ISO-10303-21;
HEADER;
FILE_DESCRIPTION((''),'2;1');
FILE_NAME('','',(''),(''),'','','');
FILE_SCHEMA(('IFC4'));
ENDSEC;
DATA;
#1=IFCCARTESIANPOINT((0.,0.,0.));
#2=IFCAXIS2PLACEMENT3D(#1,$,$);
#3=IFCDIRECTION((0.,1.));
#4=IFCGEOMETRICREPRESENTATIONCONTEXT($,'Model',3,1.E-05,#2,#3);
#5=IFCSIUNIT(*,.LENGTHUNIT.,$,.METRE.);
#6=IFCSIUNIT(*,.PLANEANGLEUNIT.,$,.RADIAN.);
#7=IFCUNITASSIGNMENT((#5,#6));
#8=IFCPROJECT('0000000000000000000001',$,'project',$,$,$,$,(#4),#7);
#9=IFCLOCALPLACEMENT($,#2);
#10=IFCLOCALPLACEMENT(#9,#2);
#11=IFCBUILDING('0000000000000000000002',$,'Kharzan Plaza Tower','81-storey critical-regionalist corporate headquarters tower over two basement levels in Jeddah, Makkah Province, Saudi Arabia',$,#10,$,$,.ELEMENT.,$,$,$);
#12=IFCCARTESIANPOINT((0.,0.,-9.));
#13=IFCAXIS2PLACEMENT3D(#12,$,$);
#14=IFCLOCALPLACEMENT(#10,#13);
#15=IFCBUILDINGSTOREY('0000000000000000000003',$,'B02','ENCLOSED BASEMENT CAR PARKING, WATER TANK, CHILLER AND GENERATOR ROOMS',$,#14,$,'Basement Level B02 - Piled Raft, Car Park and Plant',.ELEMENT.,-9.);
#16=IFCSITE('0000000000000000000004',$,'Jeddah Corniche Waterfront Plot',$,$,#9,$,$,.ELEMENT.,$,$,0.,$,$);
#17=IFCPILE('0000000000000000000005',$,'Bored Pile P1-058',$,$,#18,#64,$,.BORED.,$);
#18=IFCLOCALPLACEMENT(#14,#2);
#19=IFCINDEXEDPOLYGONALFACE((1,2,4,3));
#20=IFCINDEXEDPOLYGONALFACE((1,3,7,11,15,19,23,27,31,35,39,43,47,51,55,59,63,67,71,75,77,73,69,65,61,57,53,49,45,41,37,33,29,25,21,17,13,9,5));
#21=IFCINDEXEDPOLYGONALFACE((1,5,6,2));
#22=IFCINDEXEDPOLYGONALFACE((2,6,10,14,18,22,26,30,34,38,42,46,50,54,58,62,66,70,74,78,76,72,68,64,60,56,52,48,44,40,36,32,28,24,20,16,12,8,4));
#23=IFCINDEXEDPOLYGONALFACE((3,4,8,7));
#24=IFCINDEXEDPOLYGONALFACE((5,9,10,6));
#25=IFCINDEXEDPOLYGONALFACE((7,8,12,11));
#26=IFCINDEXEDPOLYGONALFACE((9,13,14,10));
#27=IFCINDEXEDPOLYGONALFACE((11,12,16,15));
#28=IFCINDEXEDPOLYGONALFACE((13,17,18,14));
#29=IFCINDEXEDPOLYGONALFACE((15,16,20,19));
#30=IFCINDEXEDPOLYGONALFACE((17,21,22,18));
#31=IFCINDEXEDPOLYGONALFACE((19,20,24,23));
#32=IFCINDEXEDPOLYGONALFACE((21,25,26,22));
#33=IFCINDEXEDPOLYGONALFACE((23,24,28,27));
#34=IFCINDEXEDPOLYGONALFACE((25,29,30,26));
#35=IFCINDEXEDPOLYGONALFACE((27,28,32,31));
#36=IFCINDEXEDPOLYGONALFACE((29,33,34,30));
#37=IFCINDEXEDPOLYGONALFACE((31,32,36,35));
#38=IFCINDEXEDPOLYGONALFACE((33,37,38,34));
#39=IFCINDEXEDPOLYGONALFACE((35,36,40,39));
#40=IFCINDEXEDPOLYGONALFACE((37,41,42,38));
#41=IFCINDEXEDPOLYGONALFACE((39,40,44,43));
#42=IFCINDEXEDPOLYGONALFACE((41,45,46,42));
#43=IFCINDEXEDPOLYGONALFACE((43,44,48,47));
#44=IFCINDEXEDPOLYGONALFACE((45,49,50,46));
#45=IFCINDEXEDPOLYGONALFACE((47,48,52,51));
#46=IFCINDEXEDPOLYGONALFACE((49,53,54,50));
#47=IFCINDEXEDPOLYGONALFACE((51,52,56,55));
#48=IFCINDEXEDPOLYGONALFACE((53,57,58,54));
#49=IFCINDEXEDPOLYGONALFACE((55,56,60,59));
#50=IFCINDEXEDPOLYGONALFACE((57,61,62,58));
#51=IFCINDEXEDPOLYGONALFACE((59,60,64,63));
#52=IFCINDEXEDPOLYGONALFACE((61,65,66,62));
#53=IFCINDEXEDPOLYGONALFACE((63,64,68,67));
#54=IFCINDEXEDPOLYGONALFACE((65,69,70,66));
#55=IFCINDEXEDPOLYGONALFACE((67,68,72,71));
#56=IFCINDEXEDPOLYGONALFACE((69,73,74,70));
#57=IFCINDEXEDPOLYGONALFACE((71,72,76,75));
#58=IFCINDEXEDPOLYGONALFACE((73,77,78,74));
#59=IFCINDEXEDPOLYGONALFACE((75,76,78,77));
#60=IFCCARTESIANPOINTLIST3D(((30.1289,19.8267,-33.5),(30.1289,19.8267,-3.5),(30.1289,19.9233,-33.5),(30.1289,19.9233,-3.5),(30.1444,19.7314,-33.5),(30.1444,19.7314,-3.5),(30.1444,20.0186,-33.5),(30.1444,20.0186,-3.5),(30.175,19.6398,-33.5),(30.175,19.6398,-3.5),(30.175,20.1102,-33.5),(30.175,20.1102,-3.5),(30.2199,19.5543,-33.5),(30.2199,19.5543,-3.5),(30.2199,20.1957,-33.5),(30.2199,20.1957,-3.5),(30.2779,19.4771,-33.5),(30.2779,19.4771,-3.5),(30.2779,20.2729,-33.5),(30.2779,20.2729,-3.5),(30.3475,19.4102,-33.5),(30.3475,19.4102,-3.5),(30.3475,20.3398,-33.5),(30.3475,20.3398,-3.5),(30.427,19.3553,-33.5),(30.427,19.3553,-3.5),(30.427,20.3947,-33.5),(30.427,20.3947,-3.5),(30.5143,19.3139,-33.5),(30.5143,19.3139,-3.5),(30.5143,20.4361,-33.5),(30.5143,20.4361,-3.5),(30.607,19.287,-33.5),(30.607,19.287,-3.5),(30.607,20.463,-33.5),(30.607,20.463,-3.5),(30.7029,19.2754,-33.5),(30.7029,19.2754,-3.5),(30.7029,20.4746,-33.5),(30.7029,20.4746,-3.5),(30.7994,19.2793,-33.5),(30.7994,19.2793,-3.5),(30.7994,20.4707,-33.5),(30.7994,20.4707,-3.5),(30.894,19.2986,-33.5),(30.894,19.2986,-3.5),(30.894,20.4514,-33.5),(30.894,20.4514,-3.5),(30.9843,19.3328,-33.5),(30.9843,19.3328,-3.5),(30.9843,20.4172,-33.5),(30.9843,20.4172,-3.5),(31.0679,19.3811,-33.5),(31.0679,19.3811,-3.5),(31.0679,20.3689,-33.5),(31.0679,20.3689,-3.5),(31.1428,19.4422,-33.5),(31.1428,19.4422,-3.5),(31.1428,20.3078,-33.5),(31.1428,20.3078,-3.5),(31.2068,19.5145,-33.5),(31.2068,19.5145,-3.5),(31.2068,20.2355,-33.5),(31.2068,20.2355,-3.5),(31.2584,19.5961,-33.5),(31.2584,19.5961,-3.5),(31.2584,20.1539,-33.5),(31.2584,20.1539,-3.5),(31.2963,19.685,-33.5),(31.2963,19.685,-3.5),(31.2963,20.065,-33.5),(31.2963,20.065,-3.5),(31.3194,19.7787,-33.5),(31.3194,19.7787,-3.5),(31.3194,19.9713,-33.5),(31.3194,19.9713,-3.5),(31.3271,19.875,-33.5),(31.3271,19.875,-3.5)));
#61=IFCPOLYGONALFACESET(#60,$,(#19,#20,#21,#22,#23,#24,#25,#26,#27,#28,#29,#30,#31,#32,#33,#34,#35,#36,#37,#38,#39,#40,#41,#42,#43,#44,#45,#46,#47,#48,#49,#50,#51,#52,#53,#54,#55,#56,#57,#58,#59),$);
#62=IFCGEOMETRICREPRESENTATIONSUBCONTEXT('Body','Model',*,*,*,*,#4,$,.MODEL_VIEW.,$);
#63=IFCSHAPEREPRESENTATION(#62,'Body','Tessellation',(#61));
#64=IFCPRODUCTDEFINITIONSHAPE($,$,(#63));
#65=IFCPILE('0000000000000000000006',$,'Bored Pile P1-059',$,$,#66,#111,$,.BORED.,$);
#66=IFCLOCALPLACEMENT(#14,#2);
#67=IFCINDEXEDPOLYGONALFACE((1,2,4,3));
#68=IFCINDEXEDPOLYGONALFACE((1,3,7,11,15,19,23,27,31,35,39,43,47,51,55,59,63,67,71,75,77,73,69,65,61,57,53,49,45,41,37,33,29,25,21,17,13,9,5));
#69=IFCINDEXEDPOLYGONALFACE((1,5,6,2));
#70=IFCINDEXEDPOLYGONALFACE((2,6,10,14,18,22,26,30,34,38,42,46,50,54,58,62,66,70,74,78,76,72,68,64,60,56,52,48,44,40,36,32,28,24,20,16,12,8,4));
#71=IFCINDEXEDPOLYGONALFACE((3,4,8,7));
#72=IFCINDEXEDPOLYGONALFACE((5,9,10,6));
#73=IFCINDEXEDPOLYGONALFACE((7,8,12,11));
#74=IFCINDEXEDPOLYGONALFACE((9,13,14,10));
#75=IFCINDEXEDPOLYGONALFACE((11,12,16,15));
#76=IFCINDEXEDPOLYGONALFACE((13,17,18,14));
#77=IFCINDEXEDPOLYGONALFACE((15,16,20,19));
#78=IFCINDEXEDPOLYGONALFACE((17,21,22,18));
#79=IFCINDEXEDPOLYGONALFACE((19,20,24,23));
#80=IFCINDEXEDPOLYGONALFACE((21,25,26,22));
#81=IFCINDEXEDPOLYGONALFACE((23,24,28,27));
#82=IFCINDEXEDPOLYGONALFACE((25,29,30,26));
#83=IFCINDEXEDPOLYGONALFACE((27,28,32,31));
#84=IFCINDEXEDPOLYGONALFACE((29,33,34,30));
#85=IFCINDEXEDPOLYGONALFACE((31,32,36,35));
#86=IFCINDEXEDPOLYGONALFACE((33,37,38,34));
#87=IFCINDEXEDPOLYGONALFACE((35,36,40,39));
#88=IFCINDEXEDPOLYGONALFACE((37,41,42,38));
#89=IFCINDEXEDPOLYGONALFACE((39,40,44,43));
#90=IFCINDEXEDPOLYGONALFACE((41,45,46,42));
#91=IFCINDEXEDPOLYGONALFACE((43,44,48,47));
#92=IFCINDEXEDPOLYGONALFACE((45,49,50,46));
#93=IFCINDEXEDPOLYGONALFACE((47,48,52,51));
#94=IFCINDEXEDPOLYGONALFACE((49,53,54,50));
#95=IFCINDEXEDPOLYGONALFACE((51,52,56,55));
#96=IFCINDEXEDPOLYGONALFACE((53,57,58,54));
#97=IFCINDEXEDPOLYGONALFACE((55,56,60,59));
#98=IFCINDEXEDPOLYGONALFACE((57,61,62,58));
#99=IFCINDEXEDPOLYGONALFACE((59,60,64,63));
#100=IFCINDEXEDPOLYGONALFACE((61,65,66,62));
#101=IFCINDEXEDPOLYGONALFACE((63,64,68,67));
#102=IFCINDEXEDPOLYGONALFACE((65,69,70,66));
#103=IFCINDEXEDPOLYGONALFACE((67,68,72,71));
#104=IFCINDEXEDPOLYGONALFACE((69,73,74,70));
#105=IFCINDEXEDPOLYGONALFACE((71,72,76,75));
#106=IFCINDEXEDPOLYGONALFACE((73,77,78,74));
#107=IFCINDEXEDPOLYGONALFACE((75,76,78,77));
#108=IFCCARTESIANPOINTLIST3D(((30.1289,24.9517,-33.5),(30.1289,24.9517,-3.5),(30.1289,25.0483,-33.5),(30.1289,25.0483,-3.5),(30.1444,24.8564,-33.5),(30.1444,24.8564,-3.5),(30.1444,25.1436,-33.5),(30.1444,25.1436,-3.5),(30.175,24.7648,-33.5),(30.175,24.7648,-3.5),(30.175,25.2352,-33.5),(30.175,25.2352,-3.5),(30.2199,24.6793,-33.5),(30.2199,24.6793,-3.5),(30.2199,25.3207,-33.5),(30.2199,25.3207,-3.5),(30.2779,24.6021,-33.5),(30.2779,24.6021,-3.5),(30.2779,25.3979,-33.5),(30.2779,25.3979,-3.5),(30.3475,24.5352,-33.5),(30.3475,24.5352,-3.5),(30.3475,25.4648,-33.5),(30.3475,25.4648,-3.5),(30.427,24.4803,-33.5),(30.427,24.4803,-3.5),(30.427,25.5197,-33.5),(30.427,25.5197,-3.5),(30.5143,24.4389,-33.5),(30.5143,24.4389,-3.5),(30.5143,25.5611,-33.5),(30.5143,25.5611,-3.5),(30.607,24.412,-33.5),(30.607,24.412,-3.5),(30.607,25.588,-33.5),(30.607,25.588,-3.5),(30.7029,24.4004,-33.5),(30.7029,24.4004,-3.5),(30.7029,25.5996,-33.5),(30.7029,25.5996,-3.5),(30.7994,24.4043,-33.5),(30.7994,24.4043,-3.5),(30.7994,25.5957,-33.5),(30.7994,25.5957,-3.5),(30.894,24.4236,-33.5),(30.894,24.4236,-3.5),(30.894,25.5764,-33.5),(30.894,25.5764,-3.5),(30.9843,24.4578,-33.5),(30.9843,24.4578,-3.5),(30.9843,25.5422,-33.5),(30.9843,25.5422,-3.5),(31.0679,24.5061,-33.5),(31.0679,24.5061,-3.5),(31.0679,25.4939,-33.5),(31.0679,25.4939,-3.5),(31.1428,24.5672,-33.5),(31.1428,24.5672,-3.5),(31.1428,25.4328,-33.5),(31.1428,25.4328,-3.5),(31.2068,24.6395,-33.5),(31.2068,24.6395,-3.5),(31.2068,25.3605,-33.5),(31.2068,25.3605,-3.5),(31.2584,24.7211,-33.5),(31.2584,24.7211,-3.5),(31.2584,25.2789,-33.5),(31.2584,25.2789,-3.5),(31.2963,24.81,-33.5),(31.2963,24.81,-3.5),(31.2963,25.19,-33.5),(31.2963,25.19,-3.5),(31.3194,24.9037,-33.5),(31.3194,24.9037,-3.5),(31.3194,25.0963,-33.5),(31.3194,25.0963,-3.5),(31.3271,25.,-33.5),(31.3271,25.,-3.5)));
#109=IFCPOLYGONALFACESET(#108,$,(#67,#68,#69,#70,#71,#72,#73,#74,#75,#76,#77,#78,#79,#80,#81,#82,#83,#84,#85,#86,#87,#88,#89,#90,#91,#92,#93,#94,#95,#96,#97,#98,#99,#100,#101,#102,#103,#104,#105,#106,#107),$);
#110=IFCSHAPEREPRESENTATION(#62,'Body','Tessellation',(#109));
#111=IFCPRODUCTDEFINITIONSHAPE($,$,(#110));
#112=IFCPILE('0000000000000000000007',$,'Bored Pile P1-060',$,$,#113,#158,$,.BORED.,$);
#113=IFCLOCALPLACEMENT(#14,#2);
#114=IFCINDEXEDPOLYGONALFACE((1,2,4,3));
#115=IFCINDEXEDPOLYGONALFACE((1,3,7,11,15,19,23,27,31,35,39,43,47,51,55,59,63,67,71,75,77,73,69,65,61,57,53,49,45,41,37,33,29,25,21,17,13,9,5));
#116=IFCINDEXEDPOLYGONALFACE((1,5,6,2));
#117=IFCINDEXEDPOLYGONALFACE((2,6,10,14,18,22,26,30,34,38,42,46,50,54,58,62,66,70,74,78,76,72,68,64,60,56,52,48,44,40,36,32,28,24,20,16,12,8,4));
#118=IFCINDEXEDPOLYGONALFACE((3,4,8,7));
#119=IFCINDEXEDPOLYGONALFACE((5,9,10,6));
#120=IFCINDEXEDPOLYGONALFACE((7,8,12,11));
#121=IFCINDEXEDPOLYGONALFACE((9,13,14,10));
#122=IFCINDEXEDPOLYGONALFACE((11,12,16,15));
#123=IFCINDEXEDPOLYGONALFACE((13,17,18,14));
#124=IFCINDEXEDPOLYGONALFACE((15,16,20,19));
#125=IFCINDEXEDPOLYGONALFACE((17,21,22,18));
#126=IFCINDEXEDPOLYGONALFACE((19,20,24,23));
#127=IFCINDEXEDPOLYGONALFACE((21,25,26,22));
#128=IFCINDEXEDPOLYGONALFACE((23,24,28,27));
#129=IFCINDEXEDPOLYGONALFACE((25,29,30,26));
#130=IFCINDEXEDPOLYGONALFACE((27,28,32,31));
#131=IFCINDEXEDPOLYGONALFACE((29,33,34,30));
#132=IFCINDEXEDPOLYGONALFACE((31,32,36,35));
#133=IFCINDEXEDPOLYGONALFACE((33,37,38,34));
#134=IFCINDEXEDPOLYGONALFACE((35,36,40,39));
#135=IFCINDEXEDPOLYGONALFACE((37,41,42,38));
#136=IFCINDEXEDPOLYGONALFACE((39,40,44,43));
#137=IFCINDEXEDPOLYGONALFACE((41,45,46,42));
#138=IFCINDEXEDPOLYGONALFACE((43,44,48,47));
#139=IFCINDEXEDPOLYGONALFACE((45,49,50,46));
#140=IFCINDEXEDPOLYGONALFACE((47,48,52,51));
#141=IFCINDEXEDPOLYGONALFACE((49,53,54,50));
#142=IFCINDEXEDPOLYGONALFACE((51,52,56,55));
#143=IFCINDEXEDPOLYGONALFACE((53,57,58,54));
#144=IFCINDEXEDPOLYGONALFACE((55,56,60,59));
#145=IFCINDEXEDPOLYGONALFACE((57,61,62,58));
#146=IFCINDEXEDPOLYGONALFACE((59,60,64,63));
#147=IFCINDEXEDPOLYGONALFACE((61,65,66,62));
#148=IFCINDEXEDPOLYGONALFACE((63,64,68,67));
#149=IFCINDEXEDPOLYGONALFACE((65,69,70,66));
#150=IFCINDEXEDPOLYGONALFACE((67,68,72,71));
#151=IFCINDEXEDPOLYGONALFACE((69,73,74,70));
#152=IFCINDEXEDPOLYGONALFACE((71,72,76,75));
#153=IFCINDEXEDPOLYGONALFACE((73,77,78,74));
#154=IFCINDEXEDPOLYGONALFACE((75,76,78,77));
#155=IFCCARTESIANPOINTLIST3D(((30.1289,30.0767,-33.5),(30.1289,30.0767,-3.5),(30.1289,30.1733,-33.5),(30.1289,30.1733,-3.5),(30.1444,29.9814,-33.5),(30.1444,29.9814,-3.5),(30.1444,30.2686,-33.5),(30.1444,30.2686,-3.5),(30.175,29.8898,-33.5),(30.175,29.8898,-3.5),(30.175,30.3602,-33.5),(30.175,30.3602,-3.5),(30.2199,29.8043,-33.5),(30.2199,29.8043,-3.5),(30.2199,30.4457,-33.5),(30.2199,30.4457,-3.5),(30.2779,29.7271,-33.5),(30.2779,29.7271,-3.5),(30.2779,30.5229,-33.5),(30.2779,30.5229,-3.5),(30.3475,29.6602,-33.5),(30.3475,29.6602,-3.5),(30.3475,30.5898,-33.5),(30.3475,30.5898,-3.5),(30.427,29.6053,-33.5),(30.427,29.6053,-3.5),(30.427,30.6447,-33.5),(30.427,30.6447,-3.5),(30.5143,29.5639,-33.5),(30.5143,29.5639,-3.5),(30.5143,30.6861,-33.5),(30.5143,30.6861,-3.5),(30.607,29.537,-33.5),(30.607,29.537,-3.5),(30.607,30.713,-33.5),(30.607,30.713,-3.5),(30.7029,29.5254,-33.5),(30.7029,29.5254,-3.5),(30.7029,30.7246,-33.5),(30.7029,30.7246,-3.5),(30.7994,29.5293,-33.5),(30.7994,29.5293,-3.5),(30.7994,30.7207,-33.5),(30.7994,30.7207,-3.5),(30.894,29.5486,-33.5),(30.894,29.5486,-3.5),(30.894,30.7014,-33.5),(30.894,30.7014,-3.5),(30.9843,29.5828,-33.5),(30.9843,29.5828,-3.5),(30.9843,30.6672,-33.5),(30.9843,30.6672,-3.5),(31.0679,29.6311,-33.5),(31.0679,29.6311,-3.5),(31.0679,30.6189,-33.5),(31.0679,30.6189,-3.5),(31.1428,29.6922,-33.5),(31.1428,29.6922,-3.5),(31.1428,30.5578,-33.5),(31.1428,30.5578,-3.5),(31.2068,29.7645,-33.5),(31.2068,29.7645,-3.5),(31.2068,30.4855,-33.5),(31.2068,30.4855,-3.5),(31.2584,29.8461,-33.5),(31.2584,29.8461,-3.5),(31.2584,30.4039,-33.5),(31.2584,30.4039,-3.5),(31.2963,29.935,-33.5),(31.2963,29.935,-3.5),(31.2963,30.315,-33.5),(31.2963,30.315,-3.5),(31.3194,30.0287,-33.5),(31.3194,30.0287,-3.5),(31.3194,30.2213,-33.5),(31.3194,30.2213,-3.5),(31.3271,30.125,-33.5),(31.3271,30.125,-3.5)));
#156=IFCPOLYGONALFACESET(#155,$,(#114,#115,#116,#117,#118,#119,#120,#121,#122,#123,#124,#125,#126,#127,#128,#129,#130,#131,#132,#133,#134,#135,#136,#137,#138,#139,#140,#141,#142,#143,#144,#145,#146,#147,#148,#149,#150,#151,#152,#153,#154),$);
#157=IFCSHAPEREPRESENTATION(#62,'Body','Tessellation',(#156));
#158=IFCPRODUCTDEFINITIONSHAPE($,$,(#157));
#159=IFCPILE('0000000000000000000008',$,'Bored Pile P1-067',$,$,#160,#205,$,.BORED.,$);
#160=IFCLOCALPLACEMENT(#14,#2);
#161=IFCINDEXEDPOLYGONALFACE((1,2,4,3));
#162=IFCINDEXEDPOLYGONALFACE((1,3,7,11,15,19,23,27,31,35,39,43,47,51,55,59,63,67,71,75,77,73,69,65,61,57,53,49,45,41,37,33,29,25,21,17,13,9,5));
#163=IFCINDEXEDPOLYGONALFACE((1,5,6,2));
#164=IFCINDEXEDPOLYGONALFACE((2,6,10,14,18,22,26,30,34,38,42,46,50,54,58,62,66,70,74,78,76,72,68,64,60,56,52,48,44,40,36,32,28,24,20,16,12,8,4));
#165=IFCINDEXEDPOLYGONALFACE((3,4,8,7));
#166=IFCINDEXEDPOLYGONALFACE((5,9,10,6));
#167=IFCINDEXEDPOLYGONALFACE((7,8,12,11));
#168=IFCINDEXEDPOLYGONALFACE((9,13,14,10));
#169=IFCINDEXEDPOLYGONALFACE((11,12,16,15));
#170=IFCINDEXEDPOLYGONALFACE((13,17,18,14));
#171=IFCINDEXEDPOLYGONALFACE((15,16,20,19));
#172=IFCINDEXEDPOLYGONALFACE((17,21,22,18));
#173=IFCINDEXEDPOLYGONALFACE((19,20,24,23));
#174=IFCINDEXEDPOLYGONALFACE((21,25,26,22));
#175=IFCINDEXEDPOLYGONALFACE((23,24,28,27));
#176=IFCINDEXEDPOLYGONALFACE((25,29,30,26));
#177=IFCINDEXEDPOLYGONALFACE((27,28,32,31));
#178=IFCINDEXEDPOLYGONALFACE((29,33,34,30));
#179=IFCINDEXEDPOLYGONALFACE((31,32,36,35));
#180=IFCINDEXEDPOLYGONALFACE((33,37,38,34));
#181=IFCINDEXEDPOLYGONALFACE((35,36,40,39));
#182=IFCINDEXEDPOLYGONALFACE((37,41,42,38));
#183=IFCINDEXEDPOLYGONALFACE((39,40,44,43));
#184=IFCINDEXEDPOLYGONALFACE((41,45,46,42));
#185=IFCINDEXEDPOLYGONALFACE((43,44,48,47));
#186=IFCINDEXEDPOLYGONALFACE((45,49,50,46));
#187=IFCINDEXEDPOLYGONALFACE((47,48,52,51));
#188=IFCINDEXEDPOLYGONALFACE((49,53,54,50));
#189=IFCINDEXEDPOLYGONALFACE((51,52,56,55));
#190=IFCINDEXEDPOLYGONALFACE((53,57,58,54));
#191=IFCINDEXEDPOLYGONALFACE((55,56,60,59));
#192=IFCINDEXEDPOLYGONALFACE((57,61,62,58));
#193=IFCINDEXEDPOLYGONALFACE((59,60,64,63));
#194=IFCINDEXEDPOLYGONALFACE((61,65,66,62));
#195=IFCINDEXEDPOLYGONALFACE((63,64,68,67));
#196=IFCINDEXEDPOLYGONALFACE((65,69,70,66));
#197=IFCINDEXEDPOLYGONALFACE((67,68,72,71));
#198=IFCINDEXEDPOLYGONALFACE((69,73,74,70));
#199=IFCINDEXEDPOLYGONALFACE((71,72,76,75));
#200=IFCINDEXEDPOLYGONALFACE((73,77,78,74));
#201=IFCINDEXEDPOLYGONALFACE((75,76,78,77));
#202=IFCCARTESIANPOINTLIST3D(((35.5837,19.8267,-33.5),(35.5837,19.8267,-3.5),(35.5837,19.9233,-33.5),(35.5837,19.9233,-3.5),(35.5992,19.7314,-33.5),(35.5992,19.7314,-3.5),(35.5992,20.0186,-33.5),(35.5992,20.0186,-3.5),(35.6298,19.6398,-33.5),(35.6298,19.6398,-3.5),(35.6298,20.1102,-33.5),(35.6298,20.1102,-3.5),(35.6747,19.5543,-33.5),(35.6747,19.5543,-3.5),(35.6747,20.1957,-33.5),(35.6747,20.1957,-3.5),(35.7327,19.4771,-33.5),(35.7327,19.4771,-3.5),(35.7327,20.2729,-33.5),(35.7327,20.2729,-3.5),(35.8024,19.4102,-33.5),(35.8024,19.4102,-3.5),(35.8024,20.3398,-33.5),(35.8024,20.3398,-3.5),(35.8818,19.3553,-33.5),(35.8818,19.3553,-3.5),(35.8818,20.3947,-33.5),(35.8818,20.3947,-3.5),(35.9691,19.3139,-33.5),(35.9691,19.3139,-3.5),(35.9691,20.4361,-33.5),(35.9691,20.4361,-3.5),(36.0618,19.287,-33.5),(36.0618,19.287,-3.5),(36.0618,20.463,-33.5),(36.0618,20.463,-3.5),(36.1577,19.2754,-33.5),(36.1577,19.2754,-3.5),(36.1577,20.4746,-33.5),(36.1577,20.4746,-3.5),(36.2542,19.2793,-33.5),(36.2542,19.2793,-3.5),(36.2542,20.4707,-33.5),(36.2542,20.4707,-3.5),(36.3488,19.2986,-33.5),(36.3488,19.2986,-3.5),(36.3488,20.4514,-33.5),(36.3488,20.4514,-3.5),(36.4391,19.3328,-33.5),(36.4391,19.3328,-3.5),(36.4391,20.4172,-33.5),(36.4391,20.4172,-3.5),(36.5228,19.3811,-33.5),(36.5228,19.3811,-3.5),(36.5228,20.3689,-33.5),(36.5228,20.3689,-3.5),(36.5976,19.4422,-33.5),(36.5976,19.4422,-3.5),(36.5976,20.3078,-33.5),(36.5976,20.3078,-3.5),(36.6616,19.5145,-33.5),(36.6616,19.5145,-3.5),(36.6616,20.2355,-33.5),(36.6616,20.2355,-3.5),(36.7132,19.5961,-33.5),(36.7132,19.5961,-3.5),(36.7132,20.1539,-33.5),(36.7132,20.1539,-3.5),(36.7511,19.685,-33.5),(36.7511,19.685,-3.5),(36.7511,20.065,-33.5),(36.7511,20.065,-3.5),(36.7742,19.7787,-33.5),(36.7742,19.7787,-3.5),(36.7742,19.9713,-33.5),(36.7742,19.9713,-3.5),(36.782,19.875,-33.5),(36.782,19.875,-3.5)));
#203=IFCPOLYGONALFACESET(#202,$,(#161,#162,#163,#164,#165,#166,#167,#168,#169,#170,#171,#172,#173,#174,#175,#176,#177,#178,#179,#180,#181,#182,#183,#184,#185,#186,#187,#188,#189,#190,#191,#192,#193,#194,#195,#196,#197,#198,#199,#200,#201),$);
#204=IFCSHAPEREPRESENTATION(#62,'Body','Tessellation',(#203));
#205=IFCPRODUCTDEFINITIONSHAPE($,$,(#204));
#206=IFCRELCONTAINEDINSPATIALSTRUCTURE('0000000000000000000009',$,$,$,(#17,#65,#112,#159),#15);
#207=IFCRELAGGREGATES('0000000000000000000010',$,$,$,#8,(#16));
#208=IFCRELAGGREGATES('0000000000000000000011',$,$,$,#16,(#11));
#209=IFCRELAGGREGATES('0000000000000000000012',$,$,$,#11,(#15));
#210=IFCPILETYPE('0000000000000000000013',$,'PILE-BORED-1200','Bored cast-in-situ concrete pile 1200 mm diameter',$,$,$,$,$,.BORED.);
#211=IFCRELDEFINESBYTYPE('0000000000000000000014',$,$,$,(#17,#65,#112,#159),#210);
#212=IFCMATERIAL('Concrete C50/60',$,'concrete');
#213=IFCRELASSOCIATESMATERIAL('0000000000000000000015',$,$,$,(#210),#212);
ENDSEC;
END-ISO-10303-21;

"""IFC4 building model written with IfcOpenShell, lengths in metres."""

from ifc_helpers import new_model, si_unit, direction, frame, origin, origin_2d, place, context, subcontext, project, spatial, circle, extrude, source, transform, mapped, material, material_profile, profile_set, type_object, element, save


model = new_model("IFC4")

# Units and contexts
model_context = context("Model", 3, precision=1e-05, world=origin(), true_north=direction((0.0, 1.0)))
body_context = subcontext(model_context, "Body", "Model", "MODEL_VIEW")
ifc_project = project(units=[si_unit("LENGTHUNIT", "METRE"), si_unit("PLANEANGLEUNIT", "RADIAN")], contexts=[model_context])

# Site, building, storey
site_placement = place(None, origin())
site = spatial("IfcSite", under=ifc_project, at=site_placement, Name="Jeddah Corniche Waterfront Plot", CompositionType="ELEMENT", RefElevation=0.0)
building_placement = place(site_placement, origin())
building = spatial("IfcBuilding", under=site, at=building_placement, Name="Kharzan Plaza Tower", Description="81-storey critical-regionalist corporate headquarters tower over two basement levels in Jeddah, Makkah Province, Saudi Arabia", CompositionType="ELEMENT")
storey_placement = place(building_placement, frame((0.0, 0.0, -9.0)))
storey = spatial("IfcBuildingStorey", under=building, at=storey_placement, Name="B02", Description="ENCLOSED BASEMENT CAR PARKING, WATER TANK, CHILLER AND GENERATOR ROOMS", LongName="Basement Level B02 - Piled Raft, Car Park and Plant", CompositionType="ELEMENT", Elevation=-9.0)

# Piles
ifc_material_1 = material(Name="Concrete C50/60", Category="concrete")
ifc_material_profile_1 = material_profile(ifc_material_1, circle(Radius=0.6001, at=origin_2d()), Name="PILE-D1200")
ifc_profile_set_1 = profile_set([ifc_material_profile_1], Name="Concrete C50/60")
pile_type = type_object("IfcPileType", Name="PILE-BORED-1200", Description="Bored cast-in-situ concrete pile 1200 mm diameter", PredefinedType="BORED", material=ifc_profile_set_1)
shared_shape_1 = source(origin(), body_context, "Body", "SweptSolid", [
    extrude(circle(Radius=0.6001, at=origin_2d()), origin(), (0.0, 0.0, 1.0), 30.0),
])
for number, where, z_axis, x_axis, name in (
    (1, (30.7271, 19.875, -3.5), (0.0, 0.0, -1.0), (1.0, 0.0, 0.0), "Bored Pile P1-058"),
    (2, (30.7271, 25.0, -3.5), (0.0, 0.0, -1.0), (1.0, 0.0, 0.0), "Bored Pile P1-059"),
    (3, (30.7271, 30.125, -3.5), (0.0, 0.0, -1.0), (1.0, 0.0, 0.0), "Bored Pile P1-060"),
    (4, (36.1819, 19.875, -3.5), (0.0, 0.0, -1.0), (1.0, 0.0, 0.0), "Bored Pile P1-067"),
):
    element("IfcPile", number, at=place(storey_placement, frame(where, z_axis=z_axis, x_axis=x_axis)), inside=storey, type_object=pile_type, Name=name, PredefinedType="BORED", context=body_context, shape_type="MappedRepresentation", body=[
        mapped(shared_shape_1, transform((0.0, 0.0, 0.0), x_axis=(1.0, 0.0, 0.0), y_axis=(0.0, 1.0, 0.0), z_axis=(0.0, 0.0, 1.0))),
    ])

save(model, "model.ifc")
